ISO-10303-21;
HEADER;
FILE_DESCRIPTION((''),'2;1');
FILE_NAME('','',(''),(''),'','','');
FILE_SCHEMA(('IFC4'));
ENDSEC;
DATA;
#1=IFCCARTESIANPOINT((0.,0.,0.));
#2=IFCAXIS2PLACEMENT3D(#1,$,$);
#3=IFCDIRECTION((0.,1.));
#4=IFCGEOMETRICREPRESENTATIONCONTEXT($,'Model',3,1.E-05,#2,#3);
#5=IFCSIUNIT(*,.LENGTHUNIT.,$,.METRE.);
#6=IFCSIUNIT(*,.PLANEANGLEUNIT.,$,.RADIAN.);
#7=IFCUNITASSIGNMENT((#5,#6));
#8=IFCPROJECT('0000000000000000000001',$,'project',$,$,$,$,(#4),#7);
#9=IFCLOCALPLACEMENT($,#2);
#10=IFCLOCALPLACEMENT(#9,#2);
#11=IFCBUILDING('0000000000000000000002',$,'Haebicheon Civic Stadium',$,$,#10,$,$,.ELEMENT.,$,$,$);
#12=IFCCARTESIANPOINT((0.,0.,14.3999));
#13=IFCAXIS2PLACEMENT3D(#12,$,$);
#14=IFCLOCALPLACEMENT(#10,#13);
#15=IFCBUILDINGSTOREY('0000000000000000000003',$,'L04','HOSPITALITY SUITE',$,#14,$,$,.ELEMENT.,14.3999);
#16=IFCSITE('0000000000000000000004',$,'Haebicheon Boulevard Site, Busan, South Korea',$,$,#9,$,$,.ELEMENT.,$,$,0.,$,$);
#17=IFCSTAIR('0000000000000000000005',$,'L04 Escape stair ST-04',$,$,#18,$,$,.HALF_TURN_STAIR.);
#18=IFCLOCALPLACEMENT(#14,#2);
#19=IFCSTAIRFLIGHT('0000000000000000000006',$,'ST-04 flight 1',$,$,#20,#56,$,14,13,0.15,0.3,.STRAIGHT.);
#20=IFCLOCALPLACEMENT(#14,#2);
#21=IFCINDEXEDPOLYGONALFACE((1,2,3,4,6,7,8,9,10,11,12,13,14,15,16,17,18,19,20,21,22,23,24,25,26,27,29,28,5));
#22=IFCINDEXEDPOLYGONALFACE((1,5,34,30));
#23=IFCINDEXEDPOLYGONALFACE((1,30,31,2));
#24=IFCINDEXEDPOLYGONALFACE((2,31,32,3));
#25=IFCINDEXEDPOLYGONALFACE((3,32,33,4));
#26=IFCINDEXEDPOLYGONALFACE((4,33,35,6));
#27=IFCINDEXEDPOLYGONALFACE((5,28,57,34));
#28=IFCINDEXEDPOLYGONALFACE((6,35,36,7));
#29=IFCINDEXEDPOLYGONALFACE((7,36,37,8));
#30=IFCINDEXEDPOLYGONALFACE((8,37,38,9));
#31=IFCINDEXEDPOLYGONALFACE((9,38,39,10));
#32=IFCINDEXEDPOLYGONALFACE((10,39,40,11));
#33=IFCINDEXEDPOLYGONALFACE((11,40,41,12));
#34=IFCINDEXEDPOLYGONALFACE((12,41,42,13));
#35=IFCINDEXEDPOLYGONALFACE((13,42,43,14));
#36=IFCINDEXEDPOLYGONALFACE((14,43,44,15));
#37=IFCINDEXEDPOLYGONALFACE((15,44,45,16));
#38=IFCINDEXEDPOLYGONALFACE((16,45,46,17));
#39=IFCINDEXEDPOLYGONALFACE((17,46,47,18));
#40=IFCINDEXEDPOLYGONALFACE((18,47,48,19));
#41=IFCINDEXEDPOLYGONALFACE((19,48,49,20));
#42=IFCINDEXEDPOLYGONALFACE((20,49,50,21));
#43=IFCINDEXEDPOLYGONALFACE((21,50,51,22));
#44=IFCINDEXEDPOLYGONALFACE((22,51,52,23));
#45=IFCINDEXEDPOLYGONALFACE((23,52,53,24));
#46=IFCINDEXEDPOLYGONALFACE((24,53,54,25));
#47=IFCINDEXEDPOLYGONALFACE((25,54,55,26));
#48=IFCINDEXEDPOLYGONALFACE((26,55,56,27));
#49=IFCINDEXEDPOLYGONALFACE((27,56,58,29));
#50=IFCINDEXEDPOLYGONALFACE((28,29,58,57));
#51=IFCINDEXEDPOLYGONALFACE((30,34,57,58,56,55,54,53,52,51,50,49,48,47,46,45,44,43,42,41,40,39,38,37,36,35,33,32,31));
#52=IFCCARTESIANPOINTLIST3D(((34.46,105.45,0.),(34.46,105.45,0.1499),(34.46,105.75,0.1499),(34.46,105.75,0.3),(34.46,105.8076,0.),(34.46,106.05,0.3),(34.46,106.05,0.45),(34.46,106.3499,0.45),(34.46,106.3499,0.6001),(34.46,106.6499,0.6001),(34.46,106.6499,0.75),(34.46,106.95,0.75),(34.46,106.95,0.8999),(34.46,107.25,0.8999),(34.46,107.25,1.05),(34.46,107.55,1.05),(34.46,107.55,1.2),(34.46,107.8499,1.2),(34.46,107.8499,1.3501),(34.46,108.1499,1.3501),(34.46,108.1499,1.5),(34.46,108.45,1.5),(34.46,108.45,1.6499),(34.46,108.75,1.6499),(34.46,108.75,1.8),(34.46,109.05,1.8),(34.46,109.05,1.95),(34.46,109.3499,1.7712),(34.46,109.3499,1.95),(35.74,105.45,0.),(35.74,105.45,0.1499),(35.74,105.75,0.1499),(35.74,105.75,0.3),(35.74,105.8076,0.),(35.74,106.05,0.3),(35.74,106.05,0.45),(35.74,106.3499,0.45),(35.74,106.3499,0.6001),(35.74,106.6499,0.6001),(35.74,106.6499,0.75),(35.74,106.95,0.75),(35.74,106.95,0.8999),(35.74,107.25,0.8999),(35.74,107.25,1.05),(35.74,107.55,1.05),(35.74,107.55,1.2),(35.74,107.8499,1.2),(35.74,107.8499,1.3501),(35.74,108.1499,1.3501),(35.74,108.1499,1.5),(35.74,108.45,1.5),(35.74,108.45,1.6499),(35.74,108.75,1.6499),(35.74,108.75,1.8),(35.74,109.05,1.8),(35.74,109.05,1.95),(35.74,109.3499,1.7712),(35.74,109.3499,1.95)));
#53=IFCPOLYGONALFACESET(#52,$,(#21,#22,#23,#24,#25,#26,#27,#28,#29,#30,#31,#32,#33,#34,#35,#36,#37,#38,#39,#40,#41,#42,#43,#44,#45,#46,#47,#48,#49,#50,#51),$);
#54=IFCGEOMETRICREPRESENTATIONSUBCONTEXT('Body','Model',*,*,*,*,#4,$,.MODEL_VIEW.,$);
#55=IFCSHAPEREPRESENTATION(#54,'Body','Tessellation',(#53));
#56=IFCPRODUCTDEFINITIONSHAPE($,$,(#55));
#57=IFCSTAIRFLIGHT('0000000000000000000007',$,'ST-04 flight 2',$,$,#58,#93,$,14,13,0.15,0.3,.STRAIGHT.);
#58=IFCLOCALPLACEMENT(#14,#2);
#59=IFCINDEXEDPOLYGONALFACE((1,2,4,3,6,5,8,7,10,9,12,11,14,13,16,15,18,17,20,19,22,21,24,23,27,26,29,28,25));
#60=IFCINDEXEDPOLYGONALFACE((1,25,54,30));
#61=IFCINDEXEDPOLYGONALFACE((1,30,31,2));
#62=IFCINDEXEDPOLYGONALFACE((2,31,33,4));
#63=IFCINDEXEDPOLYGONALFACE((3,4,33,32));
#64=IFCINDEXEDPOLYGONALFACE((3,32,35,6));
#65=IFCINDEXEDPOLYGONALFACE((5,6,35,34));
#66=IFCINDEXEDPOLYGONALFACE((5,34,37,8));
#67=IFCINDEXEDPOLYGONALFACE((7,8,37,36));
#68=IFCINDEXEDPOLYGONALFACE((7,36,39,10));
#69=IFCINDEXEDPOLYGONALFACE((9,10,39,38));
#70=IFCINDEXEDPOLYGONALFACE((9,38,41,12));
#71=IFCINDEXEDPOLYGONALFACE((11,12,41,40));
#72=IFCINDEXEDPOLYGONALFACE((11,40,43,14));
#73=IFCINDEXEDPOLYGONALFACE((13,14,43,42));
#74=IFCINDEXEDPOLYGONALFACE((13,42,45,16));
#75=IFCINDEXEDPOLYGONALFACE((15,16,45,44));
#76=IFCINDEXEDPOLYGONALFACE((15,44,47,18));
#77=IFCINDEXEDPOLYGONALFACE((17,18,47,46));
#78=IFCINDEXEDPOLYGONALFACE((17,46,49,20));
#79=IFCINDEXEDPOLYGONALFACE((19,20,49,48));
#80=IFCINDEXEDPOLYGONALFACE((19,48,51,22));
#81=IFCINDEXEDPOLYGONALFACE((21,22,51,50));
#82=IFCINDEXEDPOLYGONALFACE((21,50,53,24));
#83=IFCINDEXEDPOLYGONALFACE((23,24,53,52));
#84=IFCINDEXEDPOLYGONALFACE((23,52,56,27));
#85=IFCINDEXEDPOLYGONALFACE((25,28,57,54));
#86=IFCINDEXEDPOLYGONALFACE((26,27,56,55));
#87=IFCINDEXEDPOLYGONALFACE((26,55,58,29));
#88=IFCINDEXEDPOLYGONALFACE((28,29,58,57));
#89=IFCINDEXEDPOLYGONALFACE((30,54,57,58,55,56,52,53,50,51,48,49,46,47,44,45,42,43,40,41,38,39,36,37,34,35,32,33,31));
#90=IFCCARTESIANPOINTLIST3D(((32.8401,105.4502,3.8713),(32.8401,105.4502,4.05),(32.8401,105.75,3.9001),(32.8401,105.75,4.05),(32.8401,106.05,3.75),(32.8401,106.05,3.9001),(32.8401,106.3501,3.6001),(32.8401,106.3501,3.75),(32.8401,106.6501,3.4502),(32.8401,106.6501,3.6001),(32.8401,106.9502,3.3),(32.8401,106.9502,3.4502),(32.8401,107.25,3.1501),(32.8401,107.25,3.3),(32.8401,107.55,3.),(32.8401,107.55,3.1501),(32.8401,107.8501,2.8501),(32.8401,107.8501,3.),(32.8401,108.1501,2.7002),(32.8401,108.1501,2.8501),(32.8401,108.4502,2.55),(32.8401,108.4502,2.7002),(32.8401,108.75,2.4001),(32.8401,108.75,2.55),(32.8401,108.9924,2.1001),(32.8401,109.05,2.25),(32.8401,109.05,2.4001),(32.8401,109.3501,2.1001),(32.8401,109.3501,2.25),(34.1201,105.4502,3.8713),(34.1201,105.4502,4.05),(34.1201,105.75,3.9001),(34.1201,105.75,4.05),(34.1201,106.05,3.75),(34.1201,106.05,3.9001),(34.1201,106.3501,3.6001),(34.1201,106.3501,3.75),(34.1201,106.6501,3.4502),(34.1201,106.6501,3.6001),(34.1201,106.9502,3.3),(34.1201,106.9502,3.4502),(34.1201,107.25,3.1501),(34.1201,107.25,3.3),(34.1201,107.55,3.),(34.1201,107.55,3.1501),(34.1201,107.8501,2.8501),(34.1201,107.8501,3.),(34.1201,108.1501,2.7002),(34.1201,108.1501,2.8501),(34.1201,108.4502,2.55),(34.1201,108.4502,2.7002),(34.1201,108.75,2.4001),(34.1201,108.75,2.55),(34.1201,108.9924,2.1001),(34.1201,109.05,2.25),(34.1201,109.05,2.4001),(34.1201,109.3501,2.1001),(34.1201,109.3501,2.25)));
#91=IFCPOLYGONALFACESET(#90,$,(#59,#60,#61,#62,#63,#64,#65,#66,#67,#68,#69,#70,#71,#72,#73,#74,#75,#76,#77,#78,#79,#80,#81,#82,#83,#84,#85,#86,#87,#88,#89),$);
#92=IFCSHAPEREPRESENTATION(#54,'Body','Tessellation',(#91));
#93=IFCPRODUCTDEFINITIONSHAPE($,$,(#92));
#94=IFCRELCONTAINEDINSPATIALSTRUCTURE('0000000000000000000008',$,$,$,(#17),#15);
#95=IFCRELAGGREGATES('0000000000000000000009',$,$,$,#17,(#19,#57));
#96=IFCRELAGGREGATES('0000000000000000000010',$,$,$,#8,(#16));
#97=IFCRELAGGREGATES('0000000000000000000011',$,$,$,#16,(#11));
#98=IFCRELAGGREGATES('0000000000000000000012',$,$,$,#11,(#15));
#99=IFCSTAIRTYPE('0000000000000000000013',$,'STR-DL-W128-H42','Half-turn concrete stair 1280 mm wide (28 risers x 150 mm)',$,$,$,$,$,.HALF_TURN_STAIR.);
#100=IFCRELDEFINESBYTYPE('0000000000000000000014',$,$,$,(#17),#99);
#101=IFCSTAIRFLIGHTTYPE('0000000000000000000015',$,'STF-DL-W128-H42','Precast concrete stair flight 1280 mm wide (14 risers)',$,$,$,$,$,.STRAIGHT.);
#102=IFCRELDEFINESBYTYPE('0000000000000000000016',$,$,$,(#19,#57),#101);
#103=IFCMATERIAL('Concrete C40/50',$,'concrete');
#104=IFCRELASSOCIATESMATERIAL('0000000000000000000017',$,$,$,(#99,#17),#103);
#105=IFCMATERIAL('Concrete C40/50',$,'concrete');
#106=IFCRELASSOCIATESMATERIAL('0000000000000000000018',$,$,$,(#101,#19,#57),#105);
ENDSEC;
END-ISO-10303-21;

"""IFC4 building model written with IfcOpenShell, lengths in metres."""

from ifc_helpers import new_model, si_unit, direction, frame, origin, place, context, subcontext, project, spatial, polyline, outline, extrude, material, type_object, element, aggregate, save


model = new_model("IFC4")

# Units and contexts
model_context = context("Model", 3, precision=1e-05, world=origin(), true_north=direction((0.0, 1.0)))
body_context = subcontext(model_context, "Body", "Model", "MODEL_VIEW")
ifc_project = project(units=[si_unit("LENGTHUNIT", "METRE"), si_unit("PLANEANGLEUNIT", "RADIAN")], contexts=[model_context])

# Site, building, storey
site_placement = place(None, origin())
site = spatial("IfcSite", under=ifc_project, at=site_placement, Name="Haebicheon Boulevard Site, Busan, South Korea", CompositionType="ELEMENT", RefElevation=0.0)
building_placement = place(site_placement, origin())
building = spatial("IfcBuilding", under=site, at=building_placement, Name="Haebicheon Civic Stadium", CompositionType="ELEMENT")
storey_placement = place(building_placement, frame((0.0, 0.0, 14.3999)))
storey = spatial("IfcBuildingStorey", under=building, at=storey_placement, Name="L04", Description="HOSPITALITY SUITE", CompositionType="ELEMENT", Elevation=14.3999)

# Stair, stair flights
ifc_material_1 = material(Name="Concrete C40/50", Category="concrete")
stair_type = type_object("IfcStairType", Name="STR-DL-W128-H42", Description="Half-turn concrete stair 1280 mm wide (28 risers x 150 mm)", PredefinedType="HALF_TURN_STAIR", material=ifc_material_1)
stair_placement = place(storey_placement, origin())
stair = element("IfcStair", 1, at=stair_placement, inside=storey, type_object=stair_type, material=ifc_material_1, Name="L04 Escape stair ST-04", PredefinedType="HALF_TURN_STAIR")
ifc_material_2 = material(Name="Concrete C40/50", Category="concrete")
stair_flight_type = type_object("IfcStairFlightType", Name="STF-DL-W128-H42", Description="Precast concrete stair flight 1280 mm wide (14 risers)", PredefinedType="STRAIGHT", material=ifc_material_2)
stair_flight_1_placement = place(storey_placement, frame((35.1001, 105.45, 0.0), z_axis=(0.0, 0.0, 1.0), x_axis=(0.0, 1.0, 0.0)))
stair_flight_1 = element("IfcStairFlight", 2, at=stair_flight_1_placement, type_object=stair_flight_type, material=ifc_material_2, Name="ST-04 flight 1", NumberOfRisers=14, NumberOfTreads=13, PredefinedType="STRAIGHT", RiserHeight=0.15, TreadLength=0.3, context=body_context, shape_type="SweptSolid", body=[
    extrude(outline(polyline([(0.0, 0.0), (0.0, 0.1499), (0.3, 0.1499), (0.3, 0.3), (0.6001, 0.3), (0.6001, 0.45), (0.8999, 0.45), (0.8999, 0.6001), (1.2, 0.6001), (1.2, 0.75), (1.5, 0.75), (1.5, 0.8999), (1.8, 0.8999), (1.8, 1.05), (2.1001, 1.05), (2.1001, 1.2), (2.3999, 1.2), (2.3999, 1.3501), (2.7, 1.3501), (2.7, 1.5), (3.0, 1.5), (3.0, 1.6499), (3.3, 1.6499), (3.3, 1.8), (3.6001, 1.8), (3.6001, 1.95), (3.8999, 1.95), (3.8999, 2.1001), (3.8999, 1.7712), (0.3577, 0.0), (0.0, 0.0)])), frame((0.0, 0.6401, 0.0), z_axis=(0.0, -1.0, 0.0), x_axis=(1.0, 0.0, 0.0)), (0.0, 0.0, 1.0), 1.28),
])
stair_flight_2_placement = place(storey_placement, frame((33.48, 109.3501, 2.1001), z_axis=(0.0, 0.0, 1.0), x_axis=(0.0, -1.0, 0.0)))
stair_flight_2 = element("IfcStairFlight", 3, at=stair_flight_2_placement, type_object=stair_flight_type, material=ifc_material_2, Name="ST-04 flight 2", NumberOfRisers=14, NumberOfTreads=13, PredefinedType="STRAIGHT", RiserHeight=0.15, TreadLength=0.3, context=body_context, shape_type="SweptSolid", body=[
    extrude(outline(polyline([(0.0, 0.0), (0.0, 0.1499), (0.3, 0.1499), (0.3, 0.3), (0.6001, 0.3), (0.6001, 0.45), (0.8999, 0.45), (0.8999, 0.6001), (1.2, 0.6001), (1.2, 0.75), (1.5, 0.75), (1.5, 0.8999), (1.8, 0.8999), (1.8, 1.05), (2.1001, 1.05), (2.1001, 1.2), (2.3999, 1.2), (2.3999, 1.3501), (2.7, 1.3501), (2.7, 1.5), (3.0, 1.5), (3.0, 1.6499), (3.3, 1.6499), (3.3, 1.8), (3.6001, 1.8), (3.6001, 1.95), (3.8999, 1.95), (3.8999, 2.1001), (3.8999, 1.7712), (0.3577, 0.0), (0.0, 0.0)])), frame((0.0, 0.6401, 0.0), z_axis=(0.0, -1.0, 0.0), x_axis=(1.0, 0.0, 0.0)), (0.0, 0.0, 1.0), 1.28),
])
aggregate(stair, [stair_flight_1, stair_flight_2])

save(model, "model.ifc")
